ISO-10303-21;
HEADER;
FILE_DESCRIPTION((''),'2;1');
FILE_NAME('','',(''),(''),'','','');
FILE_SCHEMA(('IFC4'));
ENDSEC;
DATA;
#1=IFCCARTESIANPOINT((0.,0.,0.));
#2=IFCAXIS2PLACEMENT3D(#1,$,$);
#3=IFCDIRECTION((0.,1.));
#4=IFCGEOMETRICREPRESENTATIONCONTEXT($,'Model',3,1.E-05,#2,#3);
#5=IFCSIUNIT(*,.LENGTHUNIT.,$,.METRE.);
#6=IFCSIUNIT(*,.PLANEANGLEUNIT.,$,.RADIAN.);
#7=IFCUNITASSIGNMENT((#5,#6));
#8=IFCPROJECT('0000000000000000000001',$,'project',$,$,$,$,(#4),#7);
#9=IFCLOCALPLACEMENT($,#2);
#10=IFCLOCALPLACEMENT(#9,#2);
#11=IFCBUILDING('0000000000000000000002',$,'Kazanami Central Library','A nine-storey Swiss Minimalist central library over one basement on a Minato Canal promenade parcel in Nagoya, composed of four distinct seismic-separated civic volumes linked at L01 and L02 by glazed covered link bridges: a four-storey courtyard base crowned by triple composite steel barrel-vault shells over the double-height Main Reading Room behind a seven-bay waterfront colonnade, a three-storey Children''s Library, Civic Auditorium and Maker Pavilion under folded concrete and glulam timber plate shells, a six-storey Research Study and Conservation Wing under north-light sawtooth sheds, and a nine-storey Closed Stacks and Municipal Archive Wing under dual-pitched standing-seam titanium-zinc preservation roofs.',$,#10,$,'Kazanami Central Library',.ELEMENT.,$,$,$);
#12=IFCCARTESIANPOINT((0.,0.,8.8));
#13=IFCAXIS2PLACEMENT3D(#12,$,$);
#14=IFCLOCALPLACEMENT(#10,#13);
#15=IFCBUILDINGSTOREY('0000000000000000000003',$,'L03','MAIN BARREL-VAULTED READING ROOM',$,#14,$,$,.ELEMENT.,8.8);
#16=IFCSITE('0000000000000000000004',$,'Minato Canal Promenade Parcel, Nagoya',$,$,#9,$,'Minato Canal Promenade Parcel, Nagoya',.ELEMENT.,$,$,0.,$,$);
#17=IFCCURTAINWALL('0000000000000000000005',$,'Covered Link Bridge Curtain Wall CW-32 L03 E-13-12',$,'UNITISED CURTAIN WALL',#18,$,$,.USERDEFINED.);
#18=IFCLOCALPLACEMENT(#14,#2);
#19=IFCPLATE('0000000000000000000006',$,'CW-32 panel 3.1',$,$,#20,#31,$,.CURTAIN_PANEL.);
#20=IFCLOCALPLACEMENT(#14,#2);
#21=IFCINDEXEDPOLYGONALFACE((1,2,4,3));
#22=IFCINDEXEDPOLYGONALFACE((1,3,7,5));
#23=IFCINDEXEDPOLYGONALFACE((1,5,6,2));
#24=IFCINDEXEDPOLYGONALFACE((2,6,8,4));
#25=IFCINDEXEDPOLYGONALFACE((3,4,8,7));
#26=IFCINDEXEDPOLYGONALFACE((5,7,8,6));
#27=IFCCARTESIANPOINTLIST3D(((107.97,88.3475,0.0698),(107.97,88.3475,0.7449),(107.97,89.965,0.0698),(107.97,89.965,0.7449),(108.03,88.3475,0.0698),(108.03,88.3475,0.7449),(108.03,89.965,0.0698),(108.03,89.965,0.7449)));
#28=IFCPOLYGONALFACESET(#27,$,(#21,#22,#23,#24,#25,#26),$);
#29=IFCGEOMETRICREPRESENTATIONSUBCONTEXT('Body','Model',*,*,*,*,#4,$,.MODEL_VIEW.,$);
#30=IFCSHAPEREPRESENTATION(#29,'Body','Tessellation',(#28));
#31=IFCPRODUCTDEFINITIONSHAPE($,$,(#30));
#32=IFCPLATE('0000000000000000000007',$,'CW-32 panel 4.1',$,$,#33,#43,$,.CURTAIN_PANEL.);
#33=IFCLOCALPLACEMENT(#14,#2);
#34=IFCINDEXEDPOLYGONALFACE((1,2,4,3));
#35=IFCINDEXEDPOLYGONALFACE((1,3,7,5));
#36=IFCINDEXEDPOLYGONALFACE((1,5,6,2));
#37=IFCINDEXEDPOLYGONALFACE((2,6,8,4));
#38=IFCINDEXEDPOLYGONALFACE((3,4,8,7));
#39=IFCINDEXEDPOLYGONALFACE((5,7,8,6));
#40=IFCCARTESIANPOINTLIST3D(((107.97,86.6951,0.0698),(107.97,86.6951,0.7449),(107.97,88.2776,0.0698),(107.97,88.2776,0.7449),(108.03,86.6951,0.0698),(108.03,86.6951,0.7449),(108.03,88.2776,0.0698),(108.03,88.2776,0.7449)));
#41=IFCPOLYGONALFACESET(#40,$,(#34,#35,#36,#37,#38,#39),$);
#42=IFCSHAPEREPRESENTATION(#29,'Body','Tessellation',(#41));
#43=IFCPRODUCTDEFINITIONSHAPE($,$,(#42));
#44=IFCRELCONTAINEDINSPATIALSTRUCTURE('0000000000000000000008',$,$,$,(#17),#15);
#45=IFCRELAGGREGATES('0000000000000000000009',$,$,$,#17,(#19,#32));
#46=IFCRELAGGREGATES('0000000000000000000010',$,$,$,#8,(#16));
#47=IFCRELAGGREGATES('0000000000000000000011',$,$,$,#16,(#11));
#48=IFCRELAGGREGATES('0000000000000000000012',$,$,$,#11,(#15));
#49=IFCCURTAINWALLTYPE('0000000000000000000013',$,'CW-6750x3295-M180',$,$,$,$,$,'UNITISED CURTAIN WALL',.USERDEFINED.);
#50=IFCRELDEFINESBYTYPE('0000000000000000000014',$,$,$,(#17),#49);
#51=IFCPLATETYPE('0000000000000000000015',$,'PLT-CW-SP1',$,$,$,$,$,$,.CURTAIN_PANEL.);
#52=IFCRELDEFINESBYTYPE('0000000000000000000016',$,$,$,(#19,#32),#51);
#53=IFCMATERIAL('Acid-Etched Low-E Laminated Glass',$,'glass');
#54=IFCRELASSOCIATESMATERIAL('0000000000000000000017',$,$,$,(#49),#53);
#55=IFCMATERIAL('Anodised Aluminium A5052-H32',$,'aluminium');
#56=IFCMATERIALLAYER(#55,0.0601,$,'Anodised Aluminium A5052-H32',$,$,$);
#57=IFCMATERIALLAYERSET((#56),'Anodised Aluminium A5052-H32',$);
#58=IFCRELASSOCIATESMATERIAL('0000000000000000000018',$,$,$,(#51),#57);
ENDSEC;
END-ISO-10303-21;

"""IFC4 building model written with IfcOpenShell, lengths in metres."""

from ifc_helpers import new_model, si_unit, direction, frame, origin, origin_2d, place, context, subcontext, project, spatial, rectangle, extrude, material, layer, layer_set, type_object, element, aggregate, save


model = new_model("IFC4")

# Units and contexts
model_context = context("Model", 3, precision=1e-05, world=origin(), true_north=direction((0.0, 1.0)))
body_context = subcontext(model_context, "Body", "Model", "MODEL_VIEW")
ifc_project = project(units=[si_unit("LENGTHUNIT", "METRE"), si_unit("PLANEANGLEUNIT", "RADIAN")], contexts=[model_context])

# Site, building, storey
site_placement = place(None, origin())
site = spatial("IfcSite", under=ifc_project, at=site_placement, Name="Minato Canal Promenade Parcel, Nagoya", LongName="Minato Canal Promenade Parcel, Nagoya", CompositionType="ELEMENT", RefElevation=0.0)
building_placement = place(site_placement, origin())
building = spatial("IfcBuilding", under=site, at=building_placement, Name="Kazanami Central Library", Description="A nine-storey Swiss Minimalist central library over one basement on a Minato Canal promenade parcel in Nagoya, composed of four distinct seismic-separated civic volumes linked at L01 and L02 by glazed covered link bridges: a four-storey courtyard base crowned by triple composite steel barrel-vault shells over the double-height Main Reading Room behind a seven-bay waterfront colonnade, a three-storey Children's Library, Civic Auditorium and Maker Pavilion under folded concrete and glulam timber plate shells, a six-storey Research Study and Conservation Wing under north-light sawtooth sheds, and a nine-storey Closed Stacks and Municipal Archive Wing under dual-pitched standing-seam titanium-zinc preservation roofs.", LongName="Kazanami Central Library", CompositionType="ELEMENT")
storey_placement = place(building_placement, frame((0.0, 0.0, 8.8)))
storey = spatial("IfcBuildingStorey", under=building, at=storey_placement, Name="L03", Description="MAIN BARREL-VAULTED READING ROOM", CompositionType="ELEMENT", Elevation=8.8)

# Curtain wall
ifc_material_1 = material(Name="Acid-Etched Low-E Laminated Glass", Category="glass")
curtain_wall_type_1 = type_object("IfcCurtainWallType", Name="CW-6750x3295-M180", ElementType="UNITISED CURTAIN WALL", PredefinedType="USERDEFINED", material=ifc_material_1)
curtain_wall_1_placement = place(storey_placement, origin())
curtain_wall_1 = element("IfcCurtainWall", 1, at=curtain_wall_1_placement, inside=storey, type_object=curtain_wall_type_1, Name="Covered Link Bridge Curtain Wall CW-32 L03 E-13-12", ObjectType="UNITISED CURTAIN WALL", PredefinedType="USERDEFINED")

# Plates
ifc_material_2 = material(Name="Anodised Aluminium A5052-H32", Category="aluminium")
ifc_layer_1 = layer(ifc_material_2, 0.0601, Name="Anodised Aluminium A5052-H32")
ifc_layer_set_1 = layer_set([ifc_layer_1], Name="Anodised Aluminium A5052-H32")
plate_type_1 = type_object("IfcPlateType", Name="PLT-CW-SP1", PredefinedType="CURTAIN_PANEL", material=ifc_layer_set_1)
plate_1_placement = place(storey_placement, frame((108.0, 89.1562, 0.0698), z_axis=(0.0, 0.0, 1.0), x_axis=(0.0, -1.0, 0.0)))
plate_1 = element("IfcPlate", 2, at=plate_1_placement, type_object=plate_type_1, Name="CW-32 panel 3.1", PredefinedType="CURTAIN_PANEL", context=body_context, shape_type="SweptSolid", body=[
    extrude(rectangle(XDim=1.6174, YDim=0.0601, at=origin_2d()), origin(), (0.0, 0.0, 1.0), 0.675),
])
plate_2_placement = place(storey_placement, frame((108.0, 87.4863, 0.0698), z_axis=(0.0, 0.0, 1.0), x_axis=(0.0, -1.0, 0.0)))
plate_2 = element("IfcPlate", 3, at=plate_2_placement, type_object=plate_type_1, Name="CW-32 panel 4.1", PredefinedType="CURTAIN_PANEL", context=body_context, shape_type="SweptSolid", body=[
    extrude(rectangle(XDim=1.5825, YDim=0.0601, at=origin_2d()), origin(), (0.0, 0.0, 1.0), 0.675),
])
aggregate(curtain_wall_1, [plate_1, plate_2])

save(model, "model.ifc")
